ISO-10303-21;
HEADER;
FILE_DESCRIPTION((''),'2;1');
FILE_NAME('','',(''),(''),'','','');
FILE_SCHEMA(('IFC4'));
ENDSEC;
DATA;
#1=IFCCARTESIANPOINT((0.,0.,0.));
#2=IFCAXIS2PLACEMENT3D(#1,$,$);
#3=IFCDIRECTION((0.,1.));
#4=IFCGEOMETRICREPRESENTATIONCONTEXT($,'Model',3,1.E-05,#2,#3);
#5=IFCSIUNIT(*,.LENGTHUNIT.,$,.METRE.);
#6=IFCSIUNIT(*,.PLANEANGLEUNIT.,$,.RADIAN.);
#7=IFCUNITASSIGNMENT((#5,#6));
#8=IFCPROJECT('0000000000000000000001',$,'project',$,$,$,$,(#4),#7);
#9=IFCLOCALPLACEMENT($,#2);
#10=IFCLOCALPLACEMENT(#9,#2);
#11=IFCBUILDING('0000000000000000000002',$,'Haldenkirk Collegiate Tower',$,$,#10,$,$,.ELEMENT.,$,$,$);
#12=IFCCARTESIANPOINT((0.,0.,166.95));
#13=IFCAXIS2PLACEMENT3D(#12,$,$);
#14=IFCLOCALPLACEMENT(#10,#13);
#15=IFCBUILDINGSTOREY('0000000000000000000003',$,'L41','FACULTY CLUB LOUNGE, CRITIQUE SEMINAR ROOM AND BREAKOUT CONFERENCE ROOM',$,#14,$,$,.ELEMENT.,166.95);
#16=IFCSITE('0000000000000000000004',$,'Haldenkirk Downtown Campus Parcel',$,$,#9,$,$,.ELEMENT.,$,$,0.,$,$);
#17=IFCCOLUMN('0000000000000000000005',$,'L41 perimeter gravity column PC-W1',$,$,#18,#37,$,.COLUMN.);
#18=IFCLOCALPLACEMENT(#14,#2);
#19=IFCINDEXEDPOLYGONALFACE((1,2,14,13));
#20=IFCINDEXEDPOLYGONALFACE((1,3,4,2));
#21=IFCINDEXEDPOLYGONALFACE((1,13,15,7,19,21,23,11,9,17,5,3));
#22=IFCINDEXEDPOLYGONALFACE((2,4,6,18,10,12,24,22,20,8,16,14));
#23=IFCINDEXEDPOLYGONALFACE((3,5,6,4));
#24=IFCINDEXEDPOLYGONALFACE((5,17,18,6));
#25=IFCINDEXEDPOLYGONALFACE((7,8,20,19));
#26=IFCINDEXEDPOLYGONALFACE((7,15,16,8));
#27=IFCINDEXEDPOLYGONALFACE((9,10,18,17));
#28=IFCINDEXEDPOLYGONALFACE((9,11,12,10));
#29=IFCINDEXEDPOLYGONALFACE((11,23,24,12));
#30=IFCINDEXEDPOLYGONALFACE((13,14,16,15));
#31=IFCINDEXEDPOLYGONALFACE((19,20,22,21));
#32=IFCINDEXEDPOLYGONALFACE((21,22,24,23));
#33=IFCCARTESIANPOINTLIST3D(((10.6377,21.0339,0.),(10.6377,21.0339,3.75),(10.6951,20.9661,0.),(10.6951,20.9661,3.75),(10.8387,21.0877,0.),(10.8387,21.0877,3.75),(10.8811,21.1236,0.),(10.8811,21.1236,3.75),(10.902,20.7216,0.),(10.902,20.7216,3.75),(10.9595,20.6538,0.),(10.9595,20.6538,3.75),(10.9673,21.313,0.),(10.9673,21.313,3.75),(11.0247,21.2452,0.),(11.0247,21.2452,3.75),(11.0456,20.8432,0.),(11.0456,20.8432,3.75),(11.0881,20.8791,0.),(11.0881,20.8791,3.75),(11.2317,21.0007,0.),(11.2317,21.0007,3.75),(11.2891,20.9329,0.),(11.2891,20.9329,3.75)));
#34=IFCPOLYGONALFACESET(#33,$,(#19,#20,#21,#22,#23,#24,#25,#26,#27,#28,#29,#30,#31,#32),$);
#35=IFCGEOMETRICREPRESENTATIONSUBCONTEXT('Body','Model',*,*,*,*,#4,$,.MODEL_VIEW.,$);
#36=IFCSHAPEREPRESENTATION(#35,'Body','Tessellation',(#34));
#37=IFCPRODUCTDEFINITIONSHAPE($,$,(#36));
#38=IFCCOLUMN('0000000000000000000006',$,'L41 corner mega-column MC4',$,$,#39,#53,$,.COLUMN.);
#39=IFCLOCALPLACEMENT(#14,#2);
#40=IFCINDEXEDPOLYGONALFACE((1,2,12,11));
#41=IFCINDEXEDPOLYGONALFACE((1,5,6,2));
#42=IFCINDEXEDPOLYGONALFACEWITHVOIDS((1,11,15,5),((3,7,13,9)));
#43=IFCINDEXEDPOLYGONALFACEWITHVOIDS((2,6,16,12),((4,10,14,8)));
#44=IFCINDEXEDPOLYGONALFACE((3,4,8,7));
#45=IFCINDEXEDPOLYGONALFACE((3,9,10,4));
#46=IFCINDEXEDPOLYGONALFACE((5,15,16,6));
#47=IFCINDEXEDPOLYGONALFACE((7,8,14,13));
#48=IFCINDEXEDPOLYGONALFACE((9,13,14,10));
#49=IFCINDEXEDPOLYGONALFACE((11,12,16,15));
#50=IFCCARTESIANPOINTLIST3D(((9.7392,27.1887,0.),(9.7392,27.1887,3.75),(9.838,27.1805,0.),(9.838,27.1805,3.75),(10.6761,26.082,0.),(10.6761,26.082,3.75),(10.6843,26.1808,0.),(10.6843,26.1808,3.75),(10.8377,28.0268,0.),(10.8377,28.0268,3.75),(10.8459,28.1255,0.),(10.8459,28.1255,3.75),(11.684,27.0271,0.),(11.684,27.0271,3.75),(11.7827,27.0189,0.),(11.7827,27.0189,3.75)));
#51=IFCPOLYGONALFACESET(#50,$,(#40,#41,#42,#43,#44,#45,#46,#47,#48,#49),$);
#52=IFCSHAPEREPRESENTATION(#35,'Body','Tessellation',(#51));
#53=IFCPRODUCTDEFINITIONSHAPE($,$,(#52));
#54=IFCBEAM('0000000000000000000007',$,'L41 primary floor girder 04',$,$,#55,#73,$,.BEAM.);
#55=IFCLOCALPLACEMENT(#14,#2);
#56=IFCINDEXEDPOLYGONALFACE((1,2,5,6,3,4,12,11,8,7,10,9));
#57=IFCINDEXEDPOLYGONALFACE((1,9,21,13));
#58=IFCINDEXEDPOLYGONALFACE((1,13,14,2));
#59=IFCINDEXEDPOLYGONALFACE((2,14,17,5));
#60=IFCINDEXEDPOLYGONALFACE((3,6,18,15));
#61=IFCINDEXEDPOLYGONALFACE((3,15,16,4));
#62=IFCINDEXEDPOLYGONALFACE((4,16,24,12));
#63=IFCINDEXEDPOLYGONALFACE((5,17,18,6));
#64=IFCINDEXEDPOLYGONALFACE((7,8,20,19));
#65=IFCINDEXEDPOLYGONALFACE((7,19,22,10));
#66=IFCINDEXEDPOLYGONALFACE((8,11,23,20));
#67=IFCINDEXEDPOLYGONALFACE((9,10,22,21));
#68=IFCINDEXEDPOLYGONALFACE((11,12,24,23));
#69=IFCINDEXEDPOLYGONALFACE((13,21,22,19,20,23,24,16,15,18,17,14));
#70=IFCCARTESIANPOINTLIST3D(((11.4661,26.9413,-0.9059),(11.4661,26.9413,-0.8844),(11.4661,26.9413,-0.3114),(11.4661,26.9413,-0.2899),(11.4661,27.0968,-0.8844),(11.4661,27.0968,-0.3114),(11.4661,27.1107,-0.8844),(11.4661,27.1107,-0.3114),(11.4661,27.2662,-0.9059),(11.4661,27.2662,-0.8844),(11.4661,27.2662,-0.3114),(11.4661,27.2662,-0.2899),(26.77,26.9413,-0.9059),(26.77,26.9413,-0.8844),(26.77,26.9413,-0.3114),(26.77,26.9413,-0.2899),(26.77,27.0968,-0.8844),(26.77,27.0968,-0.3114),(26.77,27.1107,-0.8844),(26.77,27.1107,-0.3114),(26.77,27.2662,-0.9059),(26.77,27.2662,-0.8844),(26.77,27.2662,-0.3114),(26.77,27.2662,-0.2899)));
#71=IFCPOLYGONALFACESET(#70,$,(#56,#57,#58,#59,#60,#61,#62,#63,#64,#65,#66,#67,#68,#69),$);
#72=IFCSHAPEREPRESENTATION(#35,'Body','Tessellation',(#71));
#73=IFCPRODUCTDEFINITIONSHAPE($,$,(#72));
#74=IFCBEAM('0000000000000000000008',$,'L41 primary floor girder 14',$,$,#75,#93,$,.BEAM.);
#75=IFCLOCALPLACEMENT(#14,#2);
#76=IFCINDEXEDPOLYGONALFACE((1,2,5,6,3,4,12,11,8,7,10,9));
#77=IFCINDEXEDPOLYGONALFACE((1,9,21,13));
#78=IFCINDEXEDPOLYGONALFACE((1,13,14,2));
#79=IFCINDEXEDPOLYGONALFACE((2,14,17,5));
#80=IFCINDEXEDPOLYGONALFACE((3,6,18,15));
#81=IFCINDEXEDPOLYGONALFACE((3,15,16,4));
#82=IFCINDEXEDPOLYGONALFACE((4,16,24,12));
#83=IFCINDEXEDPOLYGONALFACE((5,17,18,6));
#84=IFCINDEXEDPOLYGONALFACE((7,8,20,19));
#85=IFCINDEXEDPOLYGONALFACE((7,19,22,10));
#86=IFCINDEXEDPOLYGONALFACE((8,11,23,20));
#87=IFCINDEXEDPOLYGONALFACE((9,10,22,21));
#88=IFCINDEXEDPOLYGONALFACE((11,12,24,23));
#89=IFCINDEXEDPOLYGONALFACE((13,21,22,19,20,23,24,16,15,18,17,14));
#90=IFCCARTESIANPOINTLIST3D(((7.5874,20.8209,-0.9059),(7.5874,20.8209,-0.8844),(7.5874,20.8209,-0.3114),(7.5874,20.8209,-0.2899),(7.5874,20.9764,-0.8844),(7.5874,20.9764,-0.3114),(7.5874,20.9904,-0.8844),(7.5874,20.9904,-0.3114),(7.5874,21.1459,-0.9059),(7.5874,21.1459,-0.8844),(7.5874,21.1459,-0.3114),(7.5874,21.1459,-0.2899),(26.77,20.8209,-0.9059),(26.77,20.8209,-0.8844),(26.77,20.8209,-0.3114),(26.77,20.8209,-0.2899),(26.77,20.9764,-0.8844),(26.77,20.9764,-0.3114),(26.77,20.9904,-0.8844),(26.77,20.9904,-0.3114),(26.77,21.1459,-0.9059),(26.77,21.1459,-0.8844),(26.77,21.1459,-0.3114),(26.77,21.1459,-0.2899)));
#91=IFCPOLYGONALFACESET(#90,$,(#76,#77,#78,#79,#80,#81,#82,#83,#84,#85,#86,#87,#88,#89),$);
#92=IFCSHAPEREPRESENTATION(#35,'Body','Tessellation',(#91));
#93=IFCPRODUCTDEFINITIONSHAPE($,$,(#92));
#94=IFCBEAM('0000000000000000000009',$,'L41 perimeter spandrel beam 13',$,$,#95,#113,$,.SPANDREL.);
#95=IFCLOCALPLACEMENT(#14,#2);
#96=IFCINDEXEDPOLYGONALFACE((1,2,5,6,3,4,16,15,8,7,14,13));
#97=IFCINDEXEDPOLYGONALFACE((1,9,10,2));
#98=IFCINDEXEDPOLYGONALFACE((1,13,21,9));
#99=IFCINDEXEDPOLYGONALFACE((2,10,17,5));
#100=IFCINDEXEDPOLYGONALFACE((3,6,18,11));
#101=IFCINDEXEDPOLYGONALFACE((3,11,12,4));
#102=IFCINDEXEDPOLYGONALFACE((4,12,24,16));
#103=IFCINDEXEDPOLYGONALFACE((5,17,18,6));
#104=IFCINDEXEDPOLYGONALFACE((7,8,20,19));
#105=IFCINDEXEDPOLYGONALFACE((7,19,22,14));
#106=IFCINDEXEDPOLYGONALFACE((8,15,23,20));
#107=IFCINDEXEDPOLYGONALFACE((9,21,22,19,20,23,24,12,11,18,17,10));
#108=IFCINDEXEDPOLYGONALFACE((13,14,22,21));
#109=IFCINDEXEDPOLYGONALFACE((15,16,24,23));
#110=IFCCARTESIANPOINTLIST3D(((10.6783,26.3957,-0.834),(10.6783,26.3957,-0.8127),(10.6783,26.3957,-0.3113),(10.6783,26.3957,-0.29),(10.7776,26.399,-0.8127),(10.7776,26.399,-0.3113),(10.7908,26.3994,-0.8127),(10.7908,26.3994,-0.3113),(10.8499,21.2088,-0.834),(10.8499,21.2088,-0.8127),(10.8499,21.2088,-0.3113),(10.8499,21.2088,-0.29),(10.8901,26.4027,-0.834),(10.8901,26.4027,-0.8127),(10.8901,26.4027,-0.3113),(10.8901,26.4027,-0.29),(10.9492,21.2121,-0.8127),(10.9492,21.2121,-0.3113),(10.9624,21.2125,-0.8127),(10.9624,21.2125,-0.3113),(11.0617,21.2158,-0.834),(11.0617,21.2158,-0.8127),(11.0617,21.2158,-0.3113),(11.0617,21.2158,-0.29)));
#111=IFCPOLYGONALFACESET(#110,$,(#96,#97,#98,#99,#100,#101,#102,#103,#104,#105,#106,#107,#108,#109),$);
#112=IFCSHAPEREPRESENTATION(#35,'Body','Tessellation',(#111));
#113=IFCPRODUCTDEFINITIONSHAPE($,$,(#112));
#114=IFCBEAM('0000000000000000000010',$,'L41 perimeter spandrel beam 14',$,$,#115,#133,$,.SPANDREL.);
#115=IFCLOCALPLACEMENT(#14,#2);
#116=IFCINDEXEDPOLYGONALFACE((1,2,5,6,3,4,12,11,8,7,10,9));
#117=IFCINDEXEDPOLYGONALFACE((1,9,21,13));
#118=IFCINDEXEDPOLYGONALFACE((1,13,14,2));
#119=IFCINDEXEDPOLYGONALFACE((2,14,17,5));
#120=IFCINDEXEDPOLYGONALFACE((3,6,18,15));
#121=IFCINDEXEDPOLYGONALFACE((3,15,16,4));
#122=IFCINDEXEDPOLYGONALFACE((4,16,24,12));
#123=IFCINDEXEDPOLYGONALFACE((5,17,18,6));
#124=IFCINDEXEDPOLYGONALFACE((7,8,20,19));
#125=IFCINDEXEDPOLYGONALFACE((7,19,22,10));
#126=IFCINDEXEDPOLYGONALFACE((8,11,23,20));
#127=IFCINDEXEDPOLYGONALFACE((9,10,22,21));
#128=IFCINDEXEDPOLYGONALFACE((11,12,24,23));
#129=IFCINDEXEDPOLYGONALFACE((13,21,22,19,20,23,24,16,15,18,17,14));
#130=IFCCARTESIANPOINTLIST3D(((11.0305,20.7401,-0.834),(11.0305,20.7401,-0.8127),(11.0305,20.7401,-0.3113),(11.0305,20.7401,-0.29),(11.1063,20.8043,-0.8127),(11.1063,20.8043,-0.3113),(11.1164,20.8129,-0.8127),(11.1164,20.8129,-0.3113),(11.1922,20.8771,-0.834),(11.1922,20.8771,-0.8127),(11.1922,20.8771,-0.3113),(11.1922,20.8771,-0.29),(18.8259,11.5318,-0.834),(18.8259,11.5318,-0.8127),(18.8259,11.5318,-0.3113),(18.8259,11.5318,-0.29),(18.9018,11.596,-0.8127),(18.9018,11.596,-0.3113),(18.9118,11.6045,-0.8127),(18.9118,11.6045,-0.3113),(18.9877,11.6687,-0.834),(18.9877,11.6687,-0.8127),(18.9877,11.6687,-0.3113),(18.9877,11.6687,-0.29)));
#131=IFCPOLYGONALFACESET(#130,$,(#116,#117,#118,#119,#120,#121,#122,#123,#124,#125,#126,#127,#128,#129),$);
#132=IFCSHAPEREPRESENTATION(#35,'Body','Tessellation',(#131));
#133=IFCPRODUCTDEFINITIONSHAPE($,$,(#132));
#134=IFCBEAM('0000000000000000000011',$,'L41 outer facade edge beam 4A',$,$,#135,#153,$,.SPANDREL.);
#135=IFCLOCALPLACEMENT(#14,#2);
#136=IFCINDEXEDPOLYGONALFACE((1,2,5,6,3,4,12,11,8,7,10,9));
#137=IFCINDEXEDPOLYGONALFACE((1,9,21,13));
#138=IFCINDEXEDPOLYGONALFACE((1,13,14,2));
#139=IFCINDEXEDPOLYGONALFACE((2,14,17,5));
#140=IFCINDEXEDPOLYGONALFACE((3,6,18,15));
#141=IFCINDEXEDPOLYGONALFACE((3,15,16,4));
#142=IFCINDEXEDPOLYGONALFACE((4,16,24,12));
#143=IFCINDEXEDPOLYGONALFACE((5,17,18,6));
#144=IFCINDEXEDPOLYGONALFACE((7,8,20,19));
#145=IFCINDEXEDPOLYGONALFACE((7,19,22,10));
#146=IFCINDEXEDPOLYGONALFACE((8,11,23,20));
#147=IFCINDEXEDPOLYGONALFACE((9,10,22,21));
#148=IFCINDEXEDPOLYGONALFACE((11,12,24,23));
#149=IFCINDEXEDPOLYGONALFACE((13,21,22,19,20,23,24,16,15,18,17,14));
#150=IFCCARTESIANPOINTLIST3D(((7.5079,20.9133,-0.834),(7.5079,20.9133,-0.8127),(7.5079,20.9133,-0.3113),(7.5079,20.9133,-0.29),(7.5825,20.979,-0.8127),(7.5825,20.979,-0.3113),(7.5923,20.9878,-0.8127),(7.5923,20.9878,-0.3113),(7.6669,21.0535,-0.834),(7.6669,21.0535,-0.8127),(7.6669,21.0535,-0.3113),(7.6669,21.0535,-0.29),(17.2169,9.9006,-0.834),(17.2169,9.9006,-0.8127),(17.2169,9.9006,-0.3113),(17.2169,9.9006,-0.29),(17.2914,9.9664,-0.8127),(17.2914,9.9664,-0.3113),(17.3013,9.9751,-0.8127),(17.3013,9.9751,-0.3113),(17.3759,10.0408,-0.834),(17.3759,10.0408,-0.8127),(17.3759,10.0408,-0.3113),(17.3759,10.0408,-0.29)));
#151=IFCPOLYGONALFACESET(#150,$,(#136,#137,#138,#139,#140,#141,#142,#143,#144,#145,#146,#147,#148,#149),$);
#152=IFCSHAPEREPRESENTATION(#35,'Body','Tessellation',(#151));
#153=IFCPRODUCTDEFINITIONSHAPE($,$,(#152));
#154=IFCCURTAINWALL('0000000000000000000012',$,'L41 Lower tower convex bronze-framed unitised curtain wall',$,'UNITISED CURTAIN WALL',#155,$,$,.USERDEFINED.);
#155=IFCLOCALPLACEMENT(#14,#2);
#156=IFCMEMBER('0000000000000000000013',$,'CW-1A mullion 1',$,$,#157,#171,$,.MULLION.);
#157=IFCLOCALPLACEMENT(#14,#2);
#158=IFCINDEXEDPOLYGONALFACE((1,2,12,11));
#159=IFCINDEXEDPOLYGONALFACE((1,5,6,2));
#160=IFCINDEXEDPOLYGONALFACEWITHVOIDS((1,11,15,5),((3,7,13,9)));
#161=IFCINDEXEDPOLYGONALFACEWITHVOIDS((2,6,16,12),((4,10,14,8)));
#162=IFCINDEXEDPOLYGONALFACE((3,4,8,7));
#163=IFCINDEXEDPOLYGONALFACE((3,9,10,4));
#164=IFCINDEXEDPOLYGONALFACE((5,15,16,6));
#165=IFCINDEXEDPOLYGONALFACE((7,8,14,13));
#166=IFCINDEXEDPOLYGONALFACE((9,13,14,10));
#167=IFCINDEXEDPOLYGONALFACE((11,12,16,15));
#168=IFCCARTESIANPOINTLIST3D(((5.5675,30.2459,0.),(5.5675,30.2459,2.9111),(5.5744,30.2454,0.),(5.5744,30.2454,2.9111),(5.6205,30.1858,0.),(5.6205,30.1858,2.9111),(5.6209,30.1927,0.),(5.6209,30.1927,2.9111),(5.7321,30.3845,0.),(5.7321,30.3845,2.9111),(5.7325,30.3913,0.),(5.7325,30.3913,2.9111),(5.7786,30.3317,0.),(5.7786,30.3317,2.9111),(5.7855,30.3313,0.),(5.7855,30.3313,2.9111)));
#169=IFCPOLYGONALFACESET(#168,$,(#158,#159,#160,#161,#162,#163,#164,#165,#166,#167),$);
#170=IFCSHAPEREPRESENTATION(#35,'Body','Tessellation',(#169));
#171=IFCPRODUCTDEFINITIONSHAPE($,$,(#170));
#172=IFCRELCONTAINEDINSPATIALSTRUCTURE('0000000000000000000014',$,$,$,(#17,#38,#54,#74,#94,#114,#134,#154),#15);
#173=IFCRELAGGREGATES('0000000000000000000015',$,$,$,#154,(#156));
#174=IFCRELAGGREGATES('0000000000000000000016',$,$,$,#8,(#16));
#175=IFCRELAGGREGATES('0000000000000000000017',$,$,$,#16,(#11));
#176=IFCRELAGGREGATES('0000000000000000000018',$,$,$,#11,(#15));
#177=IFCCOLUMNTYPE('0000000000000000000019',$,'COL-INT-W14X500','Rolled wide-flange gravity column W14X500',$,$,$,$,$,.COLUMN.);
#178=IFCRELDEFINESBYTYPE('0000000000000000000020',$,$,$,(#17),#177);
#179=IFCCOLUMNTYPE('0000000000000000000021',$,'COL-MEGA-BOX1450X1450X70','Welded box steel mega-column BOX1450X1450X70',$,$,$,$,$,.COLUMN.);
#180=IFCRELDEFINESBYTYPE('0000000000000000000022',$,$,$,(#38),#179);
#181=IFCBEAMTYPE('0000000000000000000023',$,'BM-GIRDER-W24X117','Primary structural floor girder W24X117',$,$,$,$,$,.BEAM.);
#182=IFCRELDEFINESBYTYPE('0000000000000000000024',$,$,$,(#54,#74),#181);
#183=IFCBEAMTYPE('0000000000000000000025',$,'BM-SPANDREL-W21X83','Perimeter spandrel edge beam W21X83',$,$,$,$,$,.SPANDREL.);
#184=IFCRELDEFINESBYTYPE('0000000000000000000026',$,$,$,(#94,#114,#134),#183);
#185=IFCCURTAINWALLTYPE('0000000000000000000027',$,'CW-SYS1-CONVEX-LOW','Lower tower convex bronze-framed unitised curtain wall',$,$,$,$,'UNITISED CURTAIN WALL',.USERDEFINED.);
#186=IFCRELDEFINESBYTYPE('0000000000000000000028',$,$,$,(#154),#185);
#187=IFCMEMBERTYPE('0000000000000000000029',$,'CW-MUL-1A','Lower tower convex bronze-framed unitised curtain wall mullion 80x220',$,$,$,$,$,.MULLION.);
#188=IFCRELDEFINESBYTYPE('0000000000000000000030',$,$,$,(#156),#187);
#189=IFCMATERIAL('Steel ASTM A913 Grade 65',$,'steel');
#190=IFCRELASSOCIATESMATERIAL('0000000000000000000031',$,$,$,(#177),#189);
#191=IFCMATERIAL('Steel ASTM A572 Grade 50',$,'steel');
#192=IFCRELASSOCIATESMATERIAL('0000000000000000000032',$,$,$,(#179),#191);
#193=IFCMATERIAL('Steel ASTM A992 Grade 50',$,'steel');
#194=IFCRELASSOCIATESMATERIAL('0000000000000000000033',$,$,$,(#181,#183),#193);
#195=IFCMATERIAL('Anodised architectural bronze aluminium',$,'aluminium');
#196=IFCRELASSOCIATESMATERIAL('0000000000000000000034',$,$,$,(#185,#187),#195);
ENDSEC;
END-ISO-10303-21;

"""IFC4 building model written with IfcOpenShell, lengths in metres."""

from ifc_helpers import new_model, si_unit, direction, frame, origin, origin_2d, place, context, subcontext, project, spatial, hollow_rectangle, i_section, extrude, material, material_profile, profile_set, type_object, element, aggregate, save


model = new_model("IFC4")

# Units and contexts
model_context = context("Model", 3, precision=1e-05, world=origin(), true_north=direction((0.0, 1.0)))
body_context = subcontext(model_context, "Body", "Model", "MODEL_VIEW")
ifc_project = project(units=[si_unit("LENGTHUNIT", "METRE"), si_unit("PLANEANGLEUNIT", "RADIAN")], contexts=[model_context])

# Site, building, storey
site_placement = place(None, origin())
site = spatial("IfcSite", under=ifc_project, at=site_placement, Name="Haldenkirk Downtown Campus Parcel", CompositionType="ELEMENT", RefElevation=0.0)
building_placement = place(site_placement, origin())
building = spatial("IfcBuilding", under=site, at=building_placement, Name="Haldenkirk Collegiate Tower", CompositionType="ELEMENT")
storey_placement = place(building_placement, frame((0.0, 0.0, 166.95)))
storey = spatial("IfcBuildingStorey", under=building, at=storey_placement, Name="L41", Description="FACULTY CLUB LOUNGE, CRITIQUE SEMINAR ROOM AND BREAKOUT CONFERENCE ROOM", CompositionType="ELEMENT", Elevation=166.95)

# Columns
ifc_material_1 = material(Name="Steel ASTM A913 Grade 65", Category="steel")
ifc_material_profile_1 = material_profile(ifc_material_1, i_section(OverallWidth=0.4319, OverallDepth=0.498, WebThickness=0.0557, FlangeThickness=0.0889, at=origin_2d()), Name="W14X500")
ifc_profile_set_1 = profile_set([ifc_material_profile_1], Name="Steel ASTM A913 Grade 65")
column_type_1 = type_object("IfcColumnType", Name="COL-INT-W14X500", Description="Rolled wide-flange gravity column W14X500", PredefinedType="COLUMN", material=ifc_profile_set_1)
column_1_placement = place(storey_placement, frame((10.9634, 20.9834, 0.0), z_axis=(0.0, 0.0, 1.0), x_axis=(0.763232, 0.646124, 0.0)))
element("IfcColumn", 1, at=column_1_placement, inside=storey, type_object=column_type_1, Name="L41 perimeter gravity column PC-W1", PredefinedType="COLUMN", context=body_context, shape_type="SweptSolid", body=[
    extrude(i_section(OverallWidth=0.4319, OverallDepth=0.498, WebThickness=0.0557, FlangeThickness=0.0889, at=origin_2d()), origin(), (0.0, 0.0, 1.0), 3.75),
])
ifc_material_2 = material(Name="Steel ASTM A572 Grade 50", Category="steel")
ifc_material_profile_2 = material_profile(ifc_material_2, hollow_rectangle(XDim=1.45, YDim=1.45, WallThickness=0.0701, at=origin_2d()), Name="BOX1450X1450X70")
ifc_profile_set_2 = profile_set([ifc_material_profile_2], Name="Steel ASTM A572 Grade 50")
column_type_2 = type_object("IfcColumnType", Name="COL-MEGA-BOX1450X1450X70", Description="Welded box steel mega-column BOX1450X1450X70", PredefinedType="COLUMN", material=ifc_profile_set_2)
column_2_placement = place(storey_placement, frame((10.761, 27.1038, 0.0), z_axis=(0.0, 0.0, 1.0), x_axis=(0.763232, 0.646124, 0.0)))
element("IfcColumn", 2, at=column_2_placement, inside=storey, type_object=column_type_2, Name="L41 corner mega-column MC4", PredefinedType="COLUMN", context=body_context, shape_type="SweptSolid", body=[
    extrude(hollow_rectangle(XDim=1.45, YDim=1.45, WallThickness=0.0701, at=origin_2d()), origin(), (0.0, 0.0, 1.0), 3.75),
])

# Beams
ifc_material_3 = material(Name="Steel ASTM A992 Grade 50", Category="steel")
ifc_material_profile_3 = material_profile(ifc_material_3, i_section(OverallWidth=0.325, OverallDepth=0.616, WebThickness=0.0139, FlangeThickness=0.0215, at=origin_2d()), Name="W24X117")
ifc_profile_set_3 = profile_set([ifc_material_profile_3], Name="Steel ASTM A992 Grade 50")
beam_type_1 = type_object("IfcBeamType", Name="BM-GIRDER-W24X117", Description="Primary structural floor girder W24X117", PredefinedType="BEAM", material=ifc_profile_set_3)
beam_1_placement = place(storey_placement, frame((11.4661, 27.1038, -0.5979), z_axis=(1.0, 0.0, 0.0), x_axis=(0.0, 1.0, 0.0)))
element("IfcBeam", 3, at=beam_1_placement, inside=storey, type_object=beam_type_1, Name="L41 primary floor girder 04", PredefinedType="BEAM", context=body_context, shape_type="SweptSolid", body=[
    extrude(i_section(OverallWidth=0.325, OverallDepth=0.616, WebThickness=0.0139, FlangeThickness=0.0215, at=origin_2d()), origin(), (0.0, 0.0, 1.0), 15.304),
])
beam_2_placement = place(storey_placement, frame((7.5874, 20.9834, -0.5979), z_axis=(1.0, 0.0, 0.0), x_axis=(0.0, 1.0, 0.0)))
element("IfcBeam", 4, at=beam_2_placement, inside=storey, type_object=beam_type_1, Name="L41 primary floor girder 14", PredefinedType="BEAM", context=body_context, shape_type="SweptSolid", body=[
    extrude(i_section(OverallWidth=0.325, OverallDepth=0.616, WebThickness=0.0139, FlangeThickness=0.0215, at=origin_2d()), origin(), (0.0, 0.0, 1.0), 19.1826),
])
ifc_material_profile_4 = material_profile(ifc_material_3, i_section(OverallWidth=0.2119, OverallDepth=0.5439, WebThickness=0.0132, FlangeThickness=0.0212, at=origin_2d()), Name="W21X83")
ifc_profile_set_4 = profile_set([ifc_material_profile_4], Name="Steel ASTM A992 Grade 50")
beam_type_2 = type_object("IfcBeamType", Name="BM-SPANDREL-W21X83", Description="Perimeter spandrel edge beam W21X83", PredefinedType="SPANDREL", material=ifc_profile_set_4)
beam_3_placement = place(storey_placement, frame((10.7842, 26.3992, -0.562), z_axis=(0.033072, -0.999453, 0.0), x_axis=(0.999453, 0.033072, 0.0)))
element("IfcBeam", 5, at=beam_3_placement, inside=storey, type_object=beam_type_2, Name="L41 perimeter spandrel beam 13", PredefinedType="SPANDREL", context=body_context, shape_type="SweptSolid", body=[
    extrude(i_section(OverallWidth=0.2119, OverallDepth=0.5439, WebThickness=0.0132, FlangeThickness=0.0212, at=origin_2d()), origin(), (0.0, 0.0, 1.0), 5.1897),
])
beam_4_placement = place(storey_placement, frame((11.1113, 20.8086, -0.562), z_axis=(0.646126, -0.76323, 0.0), x_axis=(0.76323, 0.646126, 0.0)))
element("IfcBeam", 6, at=beam_4_placement, inside=storey, type_object=beam_type_2, Name="L41 perimeter spandrel beam 14", PredefinedType="SPANDREL", context=body_context, shape_type="SweptSolid", body=[
    extrude(i_section(OverallWidth=0.2119, OverallDepth=0.5439, WebThickness=0.0132, FlangeThickness=0.0212, at=origin_2d()), origin(), (0.0, 0.0, 1.0), 12.0649),
])
beam_5_placement = place(storey_placement, frame((7.5874, 20.9834, -0.562), z_axis=(0.661311, -0.750111, 0.0), x_axis=(0.750111, 0.661311, 0.0)))
element("IfcBeam", 7, at=beam_5_placement, inside=storey, type_object=beam_type_2, Name="L41 outer facade edge beam 4A", PredefinedType="SPANDREL", context=body_context, shape_type="SweptSolid", body=[
    extrude(i_section(OverallWidth=0.2119, OverallDepth=0.5439, WebThickness=0.0132, FlangeThickness=0.0212, at=origin_2d()), origin(), (0.0, 0.0, 1.0), 14.6814),
])

# Curtain wall, member
ifc_material_4 = material(Name="Anodised architectural bronze aluminium", Category="aluminium")
curtain_wall_type = type_object("IfcCurtainWallType", Name="CW-SYS1-CONVEX-LOW", Description="Lower tower convex bronze-framed unitised curtain wall", ElementType="UNITISED CURTAIN WALL", PredefinedType="USERDEFINED", material=ifc_material_4)
curtain_wall_1_placement = place(storey_placement, origin())
curtain_wall_1 = element("IfcCurtainWall", 8, at=curtain_wall_1_placement, inside=storey, type_object=curtain_wall_type, Name="L41 Lower tower convex bronze-framed unitised curtain wall", ObjectType="UNITISED CURTAIN WALL", PredefinedType="USERDEFINED")
ifc_material_profile_5 = material_profile(ifc_material_4, hollow_rectangle(XDim=0.0801, YDim=0.22, WallThickness=0.0049, at=origin_2d()), Name="CW-MUL-1A")
ifc_profile_set_5 = profile_set([ifc_material_profile_5], Name="Anodised architectural bronze aluminium")
member_type_1 = type_object("IfcMemberType", Name="CW-MUL-1A", Description="Lower tower convex bronze-framed unitised curtain wall mullion 80x220", PredefinedType="MULLION", material=ifc_profile_set_5)
member_1_placement = place(storey_placement, frame((5.6765, 30.2886, 0.0), z_axis=(0.0, 0.0, 1.0), x_axis=(-0.66131, 0.750112, 0.0)))
member_1 = element("IfcMember", 9, at=member_1_placement, type_object=member_type_1, Name="CW-1A mullion 1", PredefinedType="MULLION", context=body_context, shape_type="SweptSolid", body=[
    extrude(hollow_rectangle(XDim=0.0801, YDim=0.22, WallThickness=0.0049, at=origin_2d()), origin(), (0.0, 0.0, 1.0), 2.9111),
])

aggregate(curtain_wall_1, [member_1])

save(model, "model.ifc")
